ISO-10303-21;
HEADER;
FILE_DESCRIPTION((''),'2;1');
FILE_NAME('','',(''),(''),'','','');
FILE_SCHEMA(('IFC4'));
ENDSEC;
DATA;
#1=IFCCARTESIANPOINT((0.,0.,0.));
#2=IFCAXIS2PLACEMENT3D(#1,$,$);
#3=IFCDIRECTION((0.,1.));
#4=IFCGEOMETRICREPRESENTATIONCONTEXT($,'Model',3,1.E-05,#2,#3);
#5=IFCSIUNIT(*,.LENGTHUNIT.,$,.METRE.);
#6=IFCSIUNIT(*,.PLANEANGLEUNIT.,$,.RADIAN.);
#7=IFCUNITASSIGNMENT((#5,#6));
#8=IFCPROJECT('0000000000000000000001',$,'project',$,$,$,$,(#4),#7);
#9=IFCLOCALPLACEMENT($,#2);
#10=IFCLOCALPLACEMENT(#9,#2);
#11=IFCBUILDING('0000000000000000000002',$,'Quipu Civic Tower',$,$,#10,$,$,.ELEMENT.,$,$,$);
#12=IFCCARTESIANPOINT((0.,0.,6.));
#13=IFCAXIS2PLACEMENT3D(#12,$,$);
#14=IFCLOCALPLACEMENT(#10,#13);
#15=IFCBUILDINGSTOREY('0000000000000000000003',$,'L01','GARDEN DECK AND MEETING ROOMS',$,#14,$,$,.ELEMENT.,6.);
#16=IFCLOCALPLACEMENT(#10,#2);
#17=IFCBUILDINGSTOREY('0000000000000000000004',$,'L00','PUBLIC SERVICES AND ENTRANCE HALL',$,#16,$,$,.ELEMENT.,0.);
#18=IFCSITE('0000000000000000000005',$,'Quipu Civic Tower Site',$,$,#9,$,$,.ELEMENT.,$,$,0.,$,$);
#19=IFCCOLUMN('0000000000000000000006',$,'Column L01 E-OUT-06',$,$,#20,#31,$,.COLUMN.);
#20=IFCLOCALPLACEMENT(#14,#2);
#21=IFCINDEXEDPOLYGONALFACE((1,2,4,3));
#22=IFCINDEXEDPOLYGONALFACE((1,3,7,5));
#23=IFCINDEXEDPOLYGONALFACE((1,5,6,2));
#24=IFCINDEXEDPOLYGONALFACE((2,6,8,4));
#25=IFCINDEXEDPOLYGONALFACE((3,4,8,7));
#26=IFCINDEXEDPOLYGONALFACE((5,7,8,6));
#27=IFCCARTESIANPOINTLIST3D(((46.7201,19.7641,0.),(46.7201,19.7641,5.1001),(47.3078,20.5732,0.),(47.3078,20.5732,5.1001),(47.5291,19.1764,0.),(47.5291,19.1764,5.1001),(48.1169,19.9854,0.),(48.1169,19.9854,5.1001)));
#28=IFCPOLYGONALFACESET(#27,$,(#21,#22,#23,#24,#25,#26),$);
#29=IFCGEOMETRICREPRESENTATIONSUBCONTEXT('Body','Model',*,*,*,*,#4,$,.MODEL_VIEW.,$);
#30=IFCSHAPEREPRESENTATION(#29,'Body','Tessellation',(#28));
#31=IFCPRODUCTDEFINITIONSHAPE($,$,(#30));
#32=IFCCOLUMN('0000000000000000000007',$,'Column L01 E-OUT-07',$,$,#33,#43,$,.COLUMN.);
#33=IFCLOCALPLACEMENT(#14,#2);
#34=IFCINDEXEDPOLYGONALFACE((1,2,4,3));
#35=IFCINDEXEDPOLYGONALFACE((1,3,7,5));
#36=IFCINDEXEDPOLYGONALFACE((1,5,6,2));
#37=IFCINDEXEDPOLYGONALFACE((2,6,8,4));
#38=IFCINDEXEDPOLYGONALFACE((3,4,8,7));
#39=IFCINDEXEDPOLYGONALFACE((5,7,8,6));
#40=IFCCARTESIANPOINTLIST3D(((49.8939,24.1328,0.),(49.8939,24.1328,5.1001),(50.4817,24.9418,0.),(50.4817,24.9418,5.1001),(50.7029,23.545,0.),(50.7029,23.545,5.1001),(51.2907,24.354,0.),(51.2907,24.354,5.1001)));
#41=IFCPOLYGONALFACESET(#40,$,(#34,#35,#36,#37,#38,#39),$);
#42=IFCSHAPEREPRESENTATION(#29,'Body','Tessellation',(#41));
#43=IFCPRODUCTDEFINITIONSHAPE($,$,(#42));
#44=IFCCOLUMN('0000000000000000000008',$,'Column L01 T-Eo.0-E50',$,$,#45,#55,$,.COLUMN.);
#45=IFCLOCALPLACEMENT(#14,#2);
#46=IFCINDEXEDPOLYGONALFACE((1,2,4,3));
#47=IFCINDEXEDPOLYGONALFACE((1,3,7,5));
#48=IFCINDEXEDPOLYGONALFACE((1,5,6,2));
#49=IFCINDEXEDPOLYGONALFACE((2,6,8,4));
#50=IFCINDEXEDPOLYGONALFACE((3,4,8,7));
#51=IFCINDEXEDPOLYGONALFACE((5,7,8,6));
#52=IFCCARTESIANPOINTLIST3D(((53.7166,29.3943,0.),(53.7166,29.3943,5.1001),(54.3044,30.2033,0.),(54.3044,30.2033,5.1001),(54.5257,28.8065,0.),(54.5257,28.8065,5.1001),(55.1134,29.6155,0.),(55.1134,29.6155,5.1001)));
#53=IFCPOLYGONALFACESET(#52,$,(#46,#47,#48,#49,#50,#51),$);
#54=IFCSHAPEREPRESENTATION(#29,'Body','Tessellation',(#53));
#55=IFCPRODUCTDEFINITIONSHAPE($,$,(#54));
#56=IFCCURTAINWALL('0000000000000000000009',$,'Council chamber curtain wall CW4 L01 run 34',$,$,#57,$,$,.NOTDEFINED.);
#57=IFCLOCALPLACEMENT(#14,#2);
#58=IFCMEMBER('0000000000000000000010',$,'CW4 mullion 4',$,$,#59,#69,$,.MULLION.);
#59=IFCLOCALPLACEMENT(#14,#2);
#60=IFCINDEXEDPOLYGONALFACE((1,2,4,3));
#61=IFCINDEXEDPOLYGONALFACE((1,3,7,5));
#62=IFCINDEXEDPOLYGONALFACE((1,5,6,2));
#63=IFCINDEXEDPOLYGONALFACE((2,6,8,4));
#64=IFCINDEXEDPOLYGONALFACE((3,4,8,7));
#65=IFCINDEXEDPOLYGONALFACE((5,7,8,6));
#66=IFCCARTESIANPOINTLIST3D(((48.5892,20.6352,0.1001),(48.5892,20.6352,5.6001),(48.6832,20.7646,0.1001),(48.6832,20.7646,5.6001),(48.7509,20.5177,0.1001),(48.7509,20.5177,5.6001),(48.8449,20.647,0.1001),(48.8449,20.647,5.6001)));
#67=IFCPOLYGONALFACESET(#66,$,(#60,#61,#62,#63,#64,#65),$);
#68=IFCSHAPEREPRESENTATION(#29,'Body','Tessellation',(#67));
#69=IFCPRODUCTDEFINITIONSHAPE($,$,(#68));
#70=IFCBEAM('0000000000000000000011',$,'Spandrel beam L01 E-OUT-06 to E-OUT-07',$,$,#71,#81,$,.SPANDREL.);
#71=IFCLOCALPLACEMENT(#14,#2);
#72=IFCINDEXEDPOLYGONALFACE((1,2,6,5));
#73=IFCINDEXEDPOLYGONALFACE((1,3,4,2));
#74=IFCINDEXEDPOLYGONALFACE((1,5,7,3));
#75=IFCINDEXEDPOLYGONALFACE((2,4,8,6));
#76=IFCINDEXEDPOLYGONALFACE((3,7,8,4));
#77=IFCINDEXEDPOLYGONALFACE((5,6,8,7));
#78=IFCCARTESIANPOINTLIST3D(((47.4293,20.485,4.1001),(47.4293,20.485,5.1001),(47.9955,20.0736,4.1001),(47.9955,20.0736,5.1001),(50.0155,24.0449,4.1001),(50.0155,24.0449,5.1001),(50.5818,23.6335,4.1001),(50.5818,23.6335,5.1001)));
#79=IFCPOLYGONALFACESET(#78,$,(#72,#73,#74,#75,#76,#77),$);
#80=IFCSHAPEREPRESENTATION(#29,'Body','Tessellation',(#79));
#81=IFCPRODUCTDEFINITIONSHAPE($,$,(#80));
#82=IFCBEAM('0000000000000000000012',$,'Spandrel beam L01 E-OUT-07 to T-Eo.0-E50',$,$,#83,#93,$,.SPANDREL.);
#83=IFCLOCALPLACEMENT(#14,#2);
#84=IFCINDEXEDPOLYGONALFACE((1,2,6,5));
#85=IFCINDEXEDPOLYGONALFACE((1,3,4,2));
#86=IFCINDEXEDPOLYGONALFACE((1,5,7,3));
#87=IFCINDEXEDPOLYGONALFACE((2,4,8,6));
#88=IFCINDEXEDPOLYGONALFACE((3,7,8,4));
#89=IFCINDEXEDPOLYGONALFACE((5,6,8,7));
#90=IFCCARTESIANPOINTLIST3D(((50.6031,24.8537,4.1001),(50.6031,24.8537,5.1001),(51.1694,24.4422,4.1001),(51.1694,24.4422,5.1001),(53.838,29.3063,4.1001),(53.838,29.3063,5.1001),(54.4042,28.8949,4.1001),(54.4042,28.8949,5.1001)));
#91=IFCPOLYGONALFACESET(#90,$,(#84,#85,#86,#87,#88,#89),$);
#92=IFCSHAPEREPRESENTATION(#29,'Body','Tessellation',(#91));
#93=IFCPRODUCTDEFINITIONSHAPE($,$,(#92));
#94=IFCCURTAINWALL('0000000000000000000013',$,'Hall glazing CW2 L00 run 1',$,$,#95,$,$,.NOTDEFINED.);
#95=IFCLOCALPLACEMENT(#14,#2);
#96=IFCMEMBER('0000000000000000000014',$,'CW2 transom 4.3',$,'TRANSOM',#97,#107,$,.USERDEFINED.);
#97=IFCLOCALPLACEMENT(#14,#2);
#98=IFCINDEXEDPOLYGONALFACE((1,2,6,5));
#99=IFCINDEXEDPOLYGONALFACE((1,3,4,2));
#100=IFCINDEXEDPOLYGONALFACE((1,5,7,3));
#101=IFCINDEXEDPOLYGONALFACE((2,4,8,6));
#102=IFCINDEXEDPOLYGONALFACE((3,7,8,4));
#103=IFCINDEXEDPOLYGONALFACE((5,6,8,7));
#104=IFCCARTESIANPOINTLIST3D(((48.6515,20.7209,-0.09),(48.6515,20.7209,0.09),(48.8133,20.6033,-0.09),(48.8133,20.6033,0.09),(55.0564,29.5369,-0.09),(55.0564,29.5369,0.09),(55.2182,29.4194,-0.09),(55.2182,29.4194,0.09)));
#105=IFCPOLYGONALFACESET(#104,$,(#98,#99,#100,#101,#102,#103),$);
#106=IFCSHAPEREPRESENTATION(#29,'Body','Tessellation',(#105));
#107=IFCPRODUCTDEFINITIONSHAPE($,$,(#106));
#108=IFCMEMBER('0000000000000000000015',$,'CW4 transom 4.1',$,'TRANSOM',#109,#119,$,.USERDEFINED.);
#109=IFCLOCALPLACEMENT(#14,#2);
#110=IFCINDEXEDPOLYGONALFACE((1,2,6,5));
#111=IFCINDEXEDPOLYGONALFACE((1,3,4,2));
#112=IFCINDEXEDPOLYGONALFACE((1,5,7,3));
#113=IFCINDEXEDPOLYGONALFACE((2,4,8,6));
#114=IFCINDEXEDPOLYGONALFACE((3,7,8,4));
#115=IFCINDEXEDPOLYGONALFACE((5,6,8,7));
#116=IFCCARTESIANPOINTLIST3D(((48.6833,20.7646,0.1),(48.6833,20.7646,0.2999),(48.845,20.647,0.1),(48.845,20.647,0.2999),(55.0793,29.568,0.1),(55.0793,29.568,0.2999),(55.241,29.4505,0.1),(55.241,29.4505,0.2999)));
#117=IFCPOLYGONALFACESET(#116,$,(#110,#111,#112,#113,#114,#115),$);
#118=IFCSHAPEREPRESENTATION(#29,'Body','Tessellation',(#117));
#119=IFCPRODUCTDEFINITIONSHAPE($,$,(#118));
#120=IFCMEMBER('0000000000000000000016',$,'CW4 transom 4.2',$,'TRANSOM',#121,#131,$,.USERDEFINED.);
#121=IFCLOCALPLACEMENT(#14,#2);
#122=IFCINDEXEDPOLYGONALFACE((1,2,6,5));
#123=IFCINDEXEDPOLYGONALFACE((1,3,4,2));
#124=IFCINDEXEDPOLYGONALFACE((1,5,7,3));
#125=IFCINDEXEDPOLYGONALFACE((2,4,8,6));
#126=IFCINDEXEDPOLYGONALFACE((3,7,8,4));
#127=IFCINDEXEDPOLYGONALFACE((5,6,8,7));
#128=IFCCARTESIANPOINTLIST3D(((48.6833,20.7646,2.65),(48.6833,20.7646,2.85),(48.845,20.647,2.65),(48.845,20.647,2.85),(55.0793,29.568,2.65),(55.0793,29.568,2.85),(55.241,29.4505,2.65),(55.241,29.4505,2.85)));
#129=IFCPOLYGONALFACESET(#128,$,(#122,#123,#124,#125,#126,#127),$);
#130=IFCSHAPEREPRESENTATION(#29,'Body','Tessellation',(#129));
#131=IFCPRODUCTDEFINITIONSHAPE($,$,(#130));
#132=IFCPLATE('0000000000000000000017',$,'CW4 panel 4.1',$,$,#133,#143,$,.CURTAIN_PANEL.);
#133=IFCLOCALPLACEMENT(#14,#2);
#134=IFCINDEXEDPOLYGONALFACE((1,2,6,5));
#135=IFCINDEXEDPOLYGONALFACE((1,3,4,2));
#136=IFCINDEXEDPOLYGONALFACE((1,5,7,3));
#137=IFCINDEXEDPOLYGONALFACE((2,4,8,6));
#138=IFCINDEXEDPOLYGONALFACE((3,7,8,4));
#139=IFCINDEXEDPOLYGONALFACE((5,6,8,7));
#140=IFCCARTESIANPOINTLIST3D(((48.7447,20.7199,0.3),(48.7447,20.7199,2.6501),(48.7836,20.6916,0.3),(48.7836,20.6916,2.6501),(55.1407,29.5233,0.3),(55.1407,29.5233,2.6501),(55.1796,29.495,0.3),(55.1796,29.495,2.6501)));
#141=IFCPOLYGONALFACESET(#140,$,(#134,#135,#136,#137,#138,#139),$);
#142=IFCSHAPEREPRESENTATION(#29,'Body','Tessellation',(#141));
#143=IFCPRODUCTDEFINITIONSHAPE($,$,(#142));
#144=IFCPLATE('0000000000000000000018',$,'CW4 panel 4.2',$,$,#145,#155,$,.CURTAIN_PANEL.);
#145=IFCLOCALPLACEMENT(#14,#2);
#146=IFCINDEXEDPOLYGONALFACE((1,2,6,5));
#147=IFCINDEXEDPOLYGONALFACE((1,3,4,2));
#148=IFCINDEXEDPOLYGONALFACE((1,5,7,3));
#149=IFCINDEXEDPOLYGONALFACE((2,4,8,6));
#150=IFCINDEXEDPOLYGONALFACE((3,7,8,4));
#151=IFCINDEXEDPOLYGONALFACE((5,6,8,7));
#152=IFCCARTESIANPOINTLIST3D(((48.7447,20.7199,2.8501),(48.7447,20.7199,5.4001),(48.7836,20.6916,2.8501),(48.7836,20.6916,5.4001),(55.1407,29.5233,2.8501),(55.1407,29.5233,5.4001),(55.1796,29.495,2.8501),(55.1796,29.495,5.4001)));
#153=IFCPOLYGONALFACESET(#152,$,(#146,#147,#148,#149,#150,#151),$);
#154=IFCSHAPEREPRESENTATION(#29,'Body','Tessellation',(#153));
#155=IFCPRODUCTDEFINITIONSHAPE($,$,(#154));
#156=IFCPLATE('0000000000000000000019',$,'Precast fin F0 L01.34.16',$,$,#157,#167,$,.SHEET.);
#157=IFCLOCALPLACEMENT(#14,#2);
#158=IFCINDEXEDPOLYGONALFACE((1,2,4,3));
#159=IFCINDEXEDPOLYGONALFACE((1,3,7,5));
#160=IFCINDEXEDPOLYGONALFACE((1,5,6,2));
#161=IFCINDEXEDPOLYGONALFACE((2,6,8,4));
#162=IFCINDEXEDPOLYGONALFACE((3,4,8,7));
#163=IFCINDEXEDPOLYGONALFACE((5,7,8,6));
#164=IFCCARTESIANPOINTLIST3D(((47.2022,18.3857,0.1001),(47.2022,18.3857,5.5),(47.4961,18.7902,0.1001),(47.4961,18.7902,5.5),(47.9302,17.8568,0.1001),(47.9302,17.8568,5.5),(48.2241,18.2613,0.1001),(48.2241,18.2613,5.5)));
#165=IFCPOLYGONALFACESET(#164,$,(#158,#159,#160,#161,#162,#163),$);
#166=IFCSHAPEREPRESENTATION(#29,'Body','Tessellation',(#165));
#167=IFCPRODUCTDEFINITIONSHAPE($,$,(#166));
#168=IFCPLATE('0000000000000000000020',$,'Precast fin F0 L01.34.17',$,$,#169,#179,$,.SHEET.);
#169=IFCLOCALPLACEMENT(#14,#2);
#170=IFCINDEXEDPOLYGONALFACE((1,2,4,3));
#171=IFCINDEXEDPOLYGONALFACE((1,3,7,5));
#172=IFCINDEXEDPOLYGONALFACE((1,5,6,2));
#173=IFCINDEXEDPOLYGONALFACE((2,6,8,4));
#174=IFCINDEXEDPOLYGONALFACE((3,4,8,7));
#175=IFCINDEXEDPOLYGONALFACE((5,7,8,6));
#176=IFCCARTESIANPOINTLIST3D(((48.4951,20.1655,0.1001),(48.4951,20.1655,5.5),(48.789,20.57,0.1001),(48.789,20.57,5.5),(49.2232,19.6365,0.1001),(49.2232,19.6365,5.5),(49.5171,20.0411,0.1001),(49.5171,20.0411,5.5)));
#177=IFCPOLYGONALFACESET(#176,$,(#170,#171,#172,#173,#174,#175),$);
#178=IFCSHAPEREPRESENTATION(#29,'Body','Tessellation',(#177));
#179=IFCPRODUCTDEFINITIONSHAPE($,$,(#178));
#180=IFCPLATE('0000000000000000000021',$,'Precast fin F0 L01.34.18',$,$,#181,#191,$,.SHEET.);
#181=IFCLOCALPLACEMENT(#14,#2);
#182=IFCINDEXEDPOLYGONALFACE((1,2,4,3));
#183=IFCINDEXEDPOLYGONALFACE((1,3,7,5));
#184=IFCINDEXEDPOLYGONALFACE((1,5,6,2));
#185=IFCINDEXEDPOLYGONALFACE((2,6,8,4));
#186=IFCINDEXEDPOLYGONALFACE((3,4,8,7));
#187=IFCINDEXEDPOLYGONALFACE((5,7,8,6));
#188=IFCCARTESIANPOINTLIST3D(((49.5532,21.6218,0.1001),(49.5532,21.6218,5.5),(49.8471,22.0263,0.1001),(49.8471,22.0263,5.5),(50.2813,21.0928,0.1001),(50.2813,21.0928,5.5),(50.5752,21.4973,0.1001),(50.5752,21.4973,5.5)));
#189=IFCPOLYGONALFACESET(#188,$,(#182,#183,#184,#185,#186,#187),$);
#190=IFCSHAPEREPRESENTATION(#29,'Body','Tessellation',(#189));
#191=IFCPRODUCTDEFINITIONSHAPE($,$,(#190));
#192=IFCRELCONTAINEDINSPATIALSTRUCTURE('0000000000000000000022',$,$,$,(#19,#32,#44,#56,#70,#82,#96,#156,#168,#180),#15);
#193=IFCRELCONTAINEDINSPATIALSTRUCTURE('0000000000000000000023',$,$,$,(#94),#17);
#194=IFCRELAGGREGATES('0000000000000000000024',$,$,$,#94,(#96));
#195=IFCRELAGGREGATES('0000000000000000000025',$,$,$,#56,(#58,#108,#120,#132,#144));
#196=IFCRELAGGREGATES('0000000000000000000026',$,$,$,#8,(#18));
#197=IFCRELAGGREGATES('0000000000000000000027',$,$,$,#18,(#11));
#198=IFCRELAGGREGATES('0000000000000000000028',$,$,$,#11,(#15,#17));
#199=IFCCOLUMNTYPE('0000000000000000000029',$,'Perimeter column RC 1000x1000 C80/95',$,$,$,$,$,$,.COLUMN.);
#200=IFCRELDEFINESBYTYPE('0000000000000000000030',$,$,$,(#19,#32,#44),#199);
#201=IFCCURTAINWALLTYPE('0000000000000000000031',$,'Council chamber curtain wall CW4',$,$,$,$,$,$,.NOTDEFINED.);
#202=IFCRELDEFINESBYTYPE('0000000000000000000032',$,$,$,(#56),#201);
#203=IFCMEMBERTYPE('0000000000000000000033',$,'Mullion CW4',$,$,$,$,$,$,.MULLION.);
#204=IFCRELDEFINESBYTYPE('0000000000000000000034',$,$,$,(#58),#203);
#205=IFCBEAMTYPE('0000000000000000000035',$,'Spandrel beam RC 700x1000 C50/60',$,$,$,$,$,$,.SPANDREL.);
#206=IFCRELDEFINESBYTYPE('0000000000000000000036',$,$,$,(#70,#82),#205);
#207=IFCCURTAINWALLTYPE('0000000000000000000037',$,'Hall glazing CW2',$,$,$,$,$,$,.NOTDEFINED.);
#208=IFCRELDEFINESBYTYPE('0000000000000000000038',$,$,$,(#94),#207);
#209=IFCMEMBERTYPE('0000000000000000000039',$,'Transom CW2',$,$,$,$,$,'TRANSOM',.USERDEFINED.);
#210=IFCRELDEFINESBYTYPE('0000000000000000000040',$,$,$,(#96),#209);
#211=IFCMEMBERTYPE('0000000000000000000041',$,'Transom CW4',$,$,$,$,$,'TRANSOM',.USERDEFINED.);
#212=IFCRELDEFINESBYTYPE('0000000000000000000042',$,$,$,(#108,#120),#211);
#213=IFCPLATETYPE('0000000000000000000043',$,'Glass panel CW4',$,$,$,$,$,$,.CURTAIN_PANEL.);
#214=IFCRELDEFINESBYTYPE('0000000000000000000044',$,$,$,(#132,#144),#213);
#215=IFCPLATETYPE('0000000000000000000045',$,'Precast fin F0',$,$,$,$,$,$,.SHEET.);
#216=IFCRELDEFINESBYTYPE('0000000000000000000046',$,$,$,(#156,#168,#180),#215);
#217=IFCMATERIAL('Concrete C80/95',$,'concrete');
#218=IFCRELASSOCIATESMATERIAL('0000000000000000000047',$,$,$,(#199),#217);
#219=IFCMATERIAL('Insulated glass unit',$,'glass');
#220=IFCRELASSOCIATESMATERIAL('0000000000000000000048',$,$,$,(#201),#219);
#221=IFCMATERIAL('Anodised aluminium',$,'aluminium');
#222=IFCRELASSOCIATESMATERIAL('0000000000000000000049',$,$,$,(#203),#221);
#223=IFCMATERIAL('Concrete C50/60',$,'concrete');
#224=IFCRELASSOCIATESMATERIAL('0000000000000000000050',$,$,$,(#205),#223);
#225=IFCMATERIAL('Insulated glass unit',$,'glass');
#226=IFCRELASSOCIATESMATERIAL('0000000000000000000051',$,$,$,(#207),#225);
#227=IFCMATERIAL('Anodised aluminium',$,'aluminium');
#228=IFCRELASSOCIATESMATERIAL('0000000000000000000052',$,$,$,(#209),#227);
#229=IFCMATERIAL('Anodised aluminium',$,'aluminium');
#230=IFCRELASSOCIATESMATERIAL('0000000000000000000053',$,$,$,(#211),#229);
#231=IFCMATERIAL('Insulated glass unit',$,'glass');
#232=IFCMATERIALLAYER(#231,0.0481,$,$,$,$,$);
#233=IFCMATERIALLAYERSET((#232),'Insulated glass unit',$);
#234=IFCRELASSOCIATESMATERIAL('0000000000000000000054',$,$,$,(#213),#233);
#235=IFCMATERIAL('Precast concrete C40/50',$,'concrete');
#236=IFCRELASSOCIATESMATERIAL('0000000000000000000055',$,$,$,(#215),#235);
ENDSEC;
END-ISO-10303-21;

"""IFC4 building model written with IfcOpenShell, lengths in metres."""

from ifc_helpers import new_model, si_unit, direction, frame, origin, origin_2d, place, context, subcontext, project, spatial, rectangle, extrude, material, layer, layer_set, material_profile, profile_set, type_object, element, aggregate, save


model = new_model("IFC4")

# Units and contexts
model_context = context("Model", 3, precision=1e-05, world=origin(), true_north=direction((0.0, 1.0)))
body_context = subcontext(model_context, "Body", "Model", "MODEL_VIEW")
ifc_project = project(units=[si_unit("LENGTHUNIT", "METRE"), si_unit("PLANEANGLEUNIT", "RADIAN")], contexts=[model_context])

# Site, building, storey
site_placement = place(None, origin())
site = spatial("IfcSite", under=ifc_project, at=site_placement, Name="Quipu Civic Tower Site", CompositionType="ELEMENT", RefElevation=0.0)
building_placement = place(site_placement, origin())
building = spatial("IfcBuilding", under=site, at=building_placement, Name="Quipu Civic Tower", CompositionType="ELEMENT")
storey_1_placement = place(building_placement, frame((0.0, 0.0, 6.0)))
storey_1 = spatial("IfcBuildingStorey", under=building, at=storey_1_placement, Name="L01", Description="GARDEN DECK AND MEETING ROOMS", CompositionType="ELEMENT", Elevation=6.0)

# Columns
ifc_material_1 = material(Name="Concrete C80/95", Category="concrete")
ifc_material_profile_1 = material_profile(ifc_material_1, rectangle(XDim=1.0, YDim=1.0, at=origin_2d()), Name="RC1000x1000")
ifc_profile_set_1 = profile_set([ifc_material_profile_1], Name="Concrete C80/95")
column_type = type_object("IfcColumnType", Name="Perimeter column RC 1000x1000 C80/95", PredefinedType="COLUMN", material=ifc_profile_set_1)
for number, where, z_axis, x_axis, name in (
    (1, (47.4185, 19.8748, 0.0), (0.0, 0.0, 1.0), (0.587785, 0.809017, 0.0), "Column L01 E-OUT-06"),
    (2, (50.5923, 24.2434, 0.0), (0.0, 0.0, 1.0), (0.587785, 0.809017, 0.0), "Column L01 E-OUT-07"),
    (3, (54.415, 29.5049, 0.0), (0.0, 0.0, 1.0), (0.587785, 0.809017, 0.0), "Column L01 T-Eo.0-E50"),
):
    element("IfcColumn", number, at=place(storey_1_placement, frame(where, z_axis=z_axis, x_axis=x_axis)), inside=storey_1, type_object=column_type, Name=name, PredefinedType="COLUMN", context=body_context, shape_type="SweptSolid", body=[
        extrude(rectangle(XDim=1.0, YDim=1.0, at=origin_2d()), origin(), (0.0, 0.0, 1.0), 5.1001),
    ])

# Curtain wall, member
ifc_material_2 = material(Name="Insulated glass unit", Category="glass")
curtain_wall_type_1 = type_object("IfcCurtainWallType", Name="Council chamber curtain wall CW4", PredefinedType="NOTDEFINED", material=ifc_material_2)
curtain_wall_1_placement = place(storey_1_placement, origin())
curtain_wall_1 = element("IfcCurtainWall", 4, at=curtain_wall_1_placement, inside=storey_1, type_object=curtain_wall_type_1, Name="Council chamber curtain wall CW4 L01 run 34", PredefinedType="NOTDEFINED")
ifc_material_3 = material(Name="Anodised aluminium", Category="aluminium")
ifc_material_profile_2 = material_profile(ifc_material_3, rectangle(XDim=0.2, YDim=0.1599, at=origin_2d()), Name="RECT 200x160")
ifc_profile_set_2 = profile_set([ifc_material_profile_2], Name="Anodised aluminium")
member_type_1 = type_object("IfcMemberType", Name="Mullion CW4", PredefinedType="MULLION", material=ifc_profile_set_2)
member_1_placement = place(storey_1_placement, frame((48.717, 20.6411, 0.1001), z_axis=(0.0, 0.0, 1.0), x_axis=(-0.809017, 0.587785, 0.0)))
member_1 = element("IfcMember", 5, at=member_1_placement, type_object=member_type_1, Name="CW4 mullion 4", PredefinedType="MULLION", context=body_context, shape_type="SweptSolid", body=[
    extrude(rectangle(XDim=0.2, YDim=0.1599, at=origin_2d()), origin(), (0.0, 0.0, 1.0), 5.5),
])

# Beams
ifc_material_4 = material(Name="Concrete C50/60", Category="concrete")
ifc_material_profile_3 = material_profile(ifc_material_4, rectangle(XDim=0.7, YDim=1.0, at=origin_2d()), Name="RC700x1000")
ifc_profile_set_3 = profile_set([ifc_material_profile_3], Name="Concrete C50/60")
beam_type = type_object("IfcBeamType", Name="Spandrel beam RC 700x1000 C50/60", PredefinedType="SPANDREL", material=ifc_profile_set_3)
beam_1_placement = place(storey_1_placement, frame((47.7124, 20.2793, 4.6001), z_axis=(0.587759, 0.809036, 0.0), x_axis=(-0.809036, 0.587759, 0.0)))
element("IfcBeam", 6, at=beam_1_placement, inside=storey_1, type_object=beam_type, Name="Spandrel beam L01 E-OUT-06 to E-OUT-07", PredefinedType="SPANDREL", context=body_context, shape_type="SweptSolid", body=[
    extrude(rectangle(XDim=0.7, YDim=1.0, at=origin_2d()), origin(), (0.0, 0.0, 1.0), 4.4001),
])
beam_2_placement = place(storey_1_placement, frame((50.8862, 24.6479, 4.6001), z_axis=(0.587765, 0.809031, 0.0), x_axis=(-0.809031, 0.587765, 0.0)))
element("IfcBeam", 7, at=beam_2_placement, inside=storey_1, type_object=beam_type, Name="Spandrel beam L01 E-OUT-07 to T-Eo.0-E50", PredefinedType="SPANDREL", context=body_context, shape_type="SweptSolid", body=[
    extrude(rectangle(XDim=0.7, YDim=1.0, at=origin_2d()), origin(), (0.0, 0.0, 1.0), 5.5037),
])

# Shared definitions
storey_2_placement = place(building_placement, origin())
storey_2 = spatial("IfcBuildingStorey", under=building, at=storey_2_placement, Name="L00", Description="PUBLIC SERVICES AND ENTRANCE HALL", CompositionType="ELEMENT", Elevation=0.0)

# Curtain wall, member
ifc_material_5 = material(Name="Insulated glass unit", Category="glass")
curtain_wall_type_2 = type_object("IfcCurtainWallType", Name="Hall glazing CW2", PredefinedType="NOTDEFINED", material=ifc_material_5)
curtain_wall_2_placement = place(storey_2_placement, origin())
curtain_wall_2 = element("IfcCurtainWall", 8, at=curtain_wall_2_placement, inside=storey_2, type_object=curtain_wall_type_2, Name="Hall glazing CW2 L00 run 1", PredefinedType="NOTDEFINED")
ifc_material_6 = material(Name="Anodised aluminium", Category="aluminium")
ifc_material_profile_4 = material_profile(ifc_material_6, rectangle(XDim=0.2, YDim=0.1799, at=origin_2d()), Name="RECT 200x180")
ifc_profile_set_4 = profile_set([ifc_material_profile_4], Name="Anodised aluminium")
member_type_2 = type_object("IfcMemberType", Name="Transom CW2", ElementType="TRANSOM", PredefinedType="USERDEFINED", material=ifc_profile_set_4)
member_2_placement = place(storey_1_placement, frame((48.7324, 20.6621, 0.0), z_axis=(0.587764, 0.809032, 0.0), x_axis=(-0.809032, 0.587764, 0.0)))
member_2 = element("IfcMember", 9, at=member_2_placement, inside=storey_1, type_object=member_type_2, Name="CW2 transom 4.3", ObjectType="TRANSOM", PredefinedType="USERDEFINED", context=body_context, shape_type="SweptSolid", body=[
    extrude(rectangle(XDim=0.2, YDim=0.1799, at=origin_2d()), origin(), (0.0, 0.0, 1.0), 10.897),
])
aggregate(curtain_wall_2, [member_2])

# Members
ifc_material_7 = material(Name="Anodised aluminium", Category="aluminium")
ifc_material_profile_5 = material_profile(ifc_material_7, rectangle(XDim=0.2, YDim=0.2, at=origin_2d()), Name="RECT 200x200")
ifc_profile_set_5 = profile_set([ifc_material_profile_5], Name="Anodised aluminium")
member_type_3 = type_object("IfcMemberType", Name="Transom CW4", ElementType="TRANSOM", PredefinedType="USERDEFINED", material=ifc_profile_set_5)
member_3_placement = place(storey_1_placement, frame((48.7642, 20.7058, 0.2), z_axis=(0.587779, 0.809021, 0.0), x_axis=(-0.809021, 0.587779, 0.0)))
member_3 = element("IfcMember", 10, at=member_3_placement, type_object=member_type_3, Name="CW4 transom 4.1", ObjectType="TRANSOM", PredefinedType="USERDEFINED", context=body_context, shape_type="SweptSolid", body=[
    extrude(rectangle(XDim=0.2, YDim=0.2, at=origin_2d()), origin(), (0.0, 0.0, 1.0), 10.8816),
])
member_4_placement = place(storey_1_placement, frame((48.7642, 20.7058, 2.75), z_axis=(0.587779, 0.809021, 0.0), x_axis=(-0.809021, 0.587779, 0.0)))
member_4 = element("IfcMember", 11, at=member_4_placement, type_object=member_type_3, Name="CW4 transom 4.2", ObjectType="TRANSOM", PredefinedType="USERDEFINED", context=body_context, shape_type="SweptSolid", body=[
    extrude(rectangle(XDim=0.2, YDim=0.2, at=origin_2d()), origin(), (0.0, 0.0, 1.0), 10.8816),
])

# Plates
ifc_material_8 = material(Name="Insulated glass unit", Category="glass")
ifc_layer_1 = layer(ifc_material_8, 0.0481)
ifc_layer_set_1 = layer_set([ifc_layer_1], Name="Insulated glass unit")
plate_type_1 = type_object("IfcPlateType", Name="Glass panel CW4", PredefinedType="CURTAIN_PANEL", material=ifc_layer_set_1)
plate_1_placement = place(storey_1_placement, frame((51.9622, 25.1074, 0.3), z_axis=(0.0, 0.0, 1.0), x_axis=(0.587785, 0.809017, 0.0)))
plate_1 = element("IfcPlate", 12, at=plate_1_placement, type_object=plate_type_1, Name="CW4 panel 4.1", PredefinedType="CURTAIN_PANEL", context=body_context, shape_type="SweptSolid", body=[
    extrude(rectangle(XDim=10.8816, YDim=0.0481, at=origin_2d()), origin(), (0.0, 0.0, 1.0), 2.3501),
])
plate_2_placement = place(storey_1_placement, frame((51.9622, 25.1074, 2.8501), z_axis=(0.0, 0.0, 1.0), x_axis=(0.587785, 0.809017, 0.0)))
plate_2 = element("IfcPlate", 13, at=plate_2_placement, type_object=plate_type_1, Name="CW4 panel 4.2", PredefinedType="CURTAIN_PANEL", context=body_context, shape_type="SweptSolid", body=[
    extrude(rectangle(XDim=10.8816, YDim=0.0481, at=origin_2d()), origin(), (0.0, 0.0, 1.0), 2.55),
])
aggregate(curtain_wall_1, [member_1, member_3, member_4, plate_1, plate_2])

# Plates
ifc_material_9 = material(Name="Precast concrete C40/50", Category="concrete")
plate_type_2 = type_object("IfcPlateType", Name="Precast fin F0", PredefinedType="SHEET", material=ifc_material_9)
for number, where, z_axis, x_axis, name in (
    (14, (47.7131, 18.3235, 0.1001), (0.0, 0.0, 1.0), (0.587786, 0.809017, 0.0), "Precast fin F0 L01.34.16"),
    (15, (49.0061, 20.1033, 0.1001), (0.0, 0.0, 1.0), (0.587786, 0.809017, 0.0), "Precast fin F0 L01.34.17"),
    (16, (50.0642, 21.5596, 0.1001), (0.0, 0.0, 1.0), (0.587786, 0.809017, 0.0), "Precast fin F0 L01.34.18"),
):
    element("IfcPlate", number, at=place(storey_1_placement, frame(where, z_axis=z_axis, x_axis=x_axis)), inside=storey_1, type_object=plate_type_2, Name=name, PredefinedType="SHEET", context=body_context, shape_type="SweptSolid", body=[
        extrude(rectangle(XDim=0.5, YDim=0.8999, at=origin_2d()), origin(), (0.0, 0.0, 1.0), 5.3999),
    ])

save(model, "model.ifc")
